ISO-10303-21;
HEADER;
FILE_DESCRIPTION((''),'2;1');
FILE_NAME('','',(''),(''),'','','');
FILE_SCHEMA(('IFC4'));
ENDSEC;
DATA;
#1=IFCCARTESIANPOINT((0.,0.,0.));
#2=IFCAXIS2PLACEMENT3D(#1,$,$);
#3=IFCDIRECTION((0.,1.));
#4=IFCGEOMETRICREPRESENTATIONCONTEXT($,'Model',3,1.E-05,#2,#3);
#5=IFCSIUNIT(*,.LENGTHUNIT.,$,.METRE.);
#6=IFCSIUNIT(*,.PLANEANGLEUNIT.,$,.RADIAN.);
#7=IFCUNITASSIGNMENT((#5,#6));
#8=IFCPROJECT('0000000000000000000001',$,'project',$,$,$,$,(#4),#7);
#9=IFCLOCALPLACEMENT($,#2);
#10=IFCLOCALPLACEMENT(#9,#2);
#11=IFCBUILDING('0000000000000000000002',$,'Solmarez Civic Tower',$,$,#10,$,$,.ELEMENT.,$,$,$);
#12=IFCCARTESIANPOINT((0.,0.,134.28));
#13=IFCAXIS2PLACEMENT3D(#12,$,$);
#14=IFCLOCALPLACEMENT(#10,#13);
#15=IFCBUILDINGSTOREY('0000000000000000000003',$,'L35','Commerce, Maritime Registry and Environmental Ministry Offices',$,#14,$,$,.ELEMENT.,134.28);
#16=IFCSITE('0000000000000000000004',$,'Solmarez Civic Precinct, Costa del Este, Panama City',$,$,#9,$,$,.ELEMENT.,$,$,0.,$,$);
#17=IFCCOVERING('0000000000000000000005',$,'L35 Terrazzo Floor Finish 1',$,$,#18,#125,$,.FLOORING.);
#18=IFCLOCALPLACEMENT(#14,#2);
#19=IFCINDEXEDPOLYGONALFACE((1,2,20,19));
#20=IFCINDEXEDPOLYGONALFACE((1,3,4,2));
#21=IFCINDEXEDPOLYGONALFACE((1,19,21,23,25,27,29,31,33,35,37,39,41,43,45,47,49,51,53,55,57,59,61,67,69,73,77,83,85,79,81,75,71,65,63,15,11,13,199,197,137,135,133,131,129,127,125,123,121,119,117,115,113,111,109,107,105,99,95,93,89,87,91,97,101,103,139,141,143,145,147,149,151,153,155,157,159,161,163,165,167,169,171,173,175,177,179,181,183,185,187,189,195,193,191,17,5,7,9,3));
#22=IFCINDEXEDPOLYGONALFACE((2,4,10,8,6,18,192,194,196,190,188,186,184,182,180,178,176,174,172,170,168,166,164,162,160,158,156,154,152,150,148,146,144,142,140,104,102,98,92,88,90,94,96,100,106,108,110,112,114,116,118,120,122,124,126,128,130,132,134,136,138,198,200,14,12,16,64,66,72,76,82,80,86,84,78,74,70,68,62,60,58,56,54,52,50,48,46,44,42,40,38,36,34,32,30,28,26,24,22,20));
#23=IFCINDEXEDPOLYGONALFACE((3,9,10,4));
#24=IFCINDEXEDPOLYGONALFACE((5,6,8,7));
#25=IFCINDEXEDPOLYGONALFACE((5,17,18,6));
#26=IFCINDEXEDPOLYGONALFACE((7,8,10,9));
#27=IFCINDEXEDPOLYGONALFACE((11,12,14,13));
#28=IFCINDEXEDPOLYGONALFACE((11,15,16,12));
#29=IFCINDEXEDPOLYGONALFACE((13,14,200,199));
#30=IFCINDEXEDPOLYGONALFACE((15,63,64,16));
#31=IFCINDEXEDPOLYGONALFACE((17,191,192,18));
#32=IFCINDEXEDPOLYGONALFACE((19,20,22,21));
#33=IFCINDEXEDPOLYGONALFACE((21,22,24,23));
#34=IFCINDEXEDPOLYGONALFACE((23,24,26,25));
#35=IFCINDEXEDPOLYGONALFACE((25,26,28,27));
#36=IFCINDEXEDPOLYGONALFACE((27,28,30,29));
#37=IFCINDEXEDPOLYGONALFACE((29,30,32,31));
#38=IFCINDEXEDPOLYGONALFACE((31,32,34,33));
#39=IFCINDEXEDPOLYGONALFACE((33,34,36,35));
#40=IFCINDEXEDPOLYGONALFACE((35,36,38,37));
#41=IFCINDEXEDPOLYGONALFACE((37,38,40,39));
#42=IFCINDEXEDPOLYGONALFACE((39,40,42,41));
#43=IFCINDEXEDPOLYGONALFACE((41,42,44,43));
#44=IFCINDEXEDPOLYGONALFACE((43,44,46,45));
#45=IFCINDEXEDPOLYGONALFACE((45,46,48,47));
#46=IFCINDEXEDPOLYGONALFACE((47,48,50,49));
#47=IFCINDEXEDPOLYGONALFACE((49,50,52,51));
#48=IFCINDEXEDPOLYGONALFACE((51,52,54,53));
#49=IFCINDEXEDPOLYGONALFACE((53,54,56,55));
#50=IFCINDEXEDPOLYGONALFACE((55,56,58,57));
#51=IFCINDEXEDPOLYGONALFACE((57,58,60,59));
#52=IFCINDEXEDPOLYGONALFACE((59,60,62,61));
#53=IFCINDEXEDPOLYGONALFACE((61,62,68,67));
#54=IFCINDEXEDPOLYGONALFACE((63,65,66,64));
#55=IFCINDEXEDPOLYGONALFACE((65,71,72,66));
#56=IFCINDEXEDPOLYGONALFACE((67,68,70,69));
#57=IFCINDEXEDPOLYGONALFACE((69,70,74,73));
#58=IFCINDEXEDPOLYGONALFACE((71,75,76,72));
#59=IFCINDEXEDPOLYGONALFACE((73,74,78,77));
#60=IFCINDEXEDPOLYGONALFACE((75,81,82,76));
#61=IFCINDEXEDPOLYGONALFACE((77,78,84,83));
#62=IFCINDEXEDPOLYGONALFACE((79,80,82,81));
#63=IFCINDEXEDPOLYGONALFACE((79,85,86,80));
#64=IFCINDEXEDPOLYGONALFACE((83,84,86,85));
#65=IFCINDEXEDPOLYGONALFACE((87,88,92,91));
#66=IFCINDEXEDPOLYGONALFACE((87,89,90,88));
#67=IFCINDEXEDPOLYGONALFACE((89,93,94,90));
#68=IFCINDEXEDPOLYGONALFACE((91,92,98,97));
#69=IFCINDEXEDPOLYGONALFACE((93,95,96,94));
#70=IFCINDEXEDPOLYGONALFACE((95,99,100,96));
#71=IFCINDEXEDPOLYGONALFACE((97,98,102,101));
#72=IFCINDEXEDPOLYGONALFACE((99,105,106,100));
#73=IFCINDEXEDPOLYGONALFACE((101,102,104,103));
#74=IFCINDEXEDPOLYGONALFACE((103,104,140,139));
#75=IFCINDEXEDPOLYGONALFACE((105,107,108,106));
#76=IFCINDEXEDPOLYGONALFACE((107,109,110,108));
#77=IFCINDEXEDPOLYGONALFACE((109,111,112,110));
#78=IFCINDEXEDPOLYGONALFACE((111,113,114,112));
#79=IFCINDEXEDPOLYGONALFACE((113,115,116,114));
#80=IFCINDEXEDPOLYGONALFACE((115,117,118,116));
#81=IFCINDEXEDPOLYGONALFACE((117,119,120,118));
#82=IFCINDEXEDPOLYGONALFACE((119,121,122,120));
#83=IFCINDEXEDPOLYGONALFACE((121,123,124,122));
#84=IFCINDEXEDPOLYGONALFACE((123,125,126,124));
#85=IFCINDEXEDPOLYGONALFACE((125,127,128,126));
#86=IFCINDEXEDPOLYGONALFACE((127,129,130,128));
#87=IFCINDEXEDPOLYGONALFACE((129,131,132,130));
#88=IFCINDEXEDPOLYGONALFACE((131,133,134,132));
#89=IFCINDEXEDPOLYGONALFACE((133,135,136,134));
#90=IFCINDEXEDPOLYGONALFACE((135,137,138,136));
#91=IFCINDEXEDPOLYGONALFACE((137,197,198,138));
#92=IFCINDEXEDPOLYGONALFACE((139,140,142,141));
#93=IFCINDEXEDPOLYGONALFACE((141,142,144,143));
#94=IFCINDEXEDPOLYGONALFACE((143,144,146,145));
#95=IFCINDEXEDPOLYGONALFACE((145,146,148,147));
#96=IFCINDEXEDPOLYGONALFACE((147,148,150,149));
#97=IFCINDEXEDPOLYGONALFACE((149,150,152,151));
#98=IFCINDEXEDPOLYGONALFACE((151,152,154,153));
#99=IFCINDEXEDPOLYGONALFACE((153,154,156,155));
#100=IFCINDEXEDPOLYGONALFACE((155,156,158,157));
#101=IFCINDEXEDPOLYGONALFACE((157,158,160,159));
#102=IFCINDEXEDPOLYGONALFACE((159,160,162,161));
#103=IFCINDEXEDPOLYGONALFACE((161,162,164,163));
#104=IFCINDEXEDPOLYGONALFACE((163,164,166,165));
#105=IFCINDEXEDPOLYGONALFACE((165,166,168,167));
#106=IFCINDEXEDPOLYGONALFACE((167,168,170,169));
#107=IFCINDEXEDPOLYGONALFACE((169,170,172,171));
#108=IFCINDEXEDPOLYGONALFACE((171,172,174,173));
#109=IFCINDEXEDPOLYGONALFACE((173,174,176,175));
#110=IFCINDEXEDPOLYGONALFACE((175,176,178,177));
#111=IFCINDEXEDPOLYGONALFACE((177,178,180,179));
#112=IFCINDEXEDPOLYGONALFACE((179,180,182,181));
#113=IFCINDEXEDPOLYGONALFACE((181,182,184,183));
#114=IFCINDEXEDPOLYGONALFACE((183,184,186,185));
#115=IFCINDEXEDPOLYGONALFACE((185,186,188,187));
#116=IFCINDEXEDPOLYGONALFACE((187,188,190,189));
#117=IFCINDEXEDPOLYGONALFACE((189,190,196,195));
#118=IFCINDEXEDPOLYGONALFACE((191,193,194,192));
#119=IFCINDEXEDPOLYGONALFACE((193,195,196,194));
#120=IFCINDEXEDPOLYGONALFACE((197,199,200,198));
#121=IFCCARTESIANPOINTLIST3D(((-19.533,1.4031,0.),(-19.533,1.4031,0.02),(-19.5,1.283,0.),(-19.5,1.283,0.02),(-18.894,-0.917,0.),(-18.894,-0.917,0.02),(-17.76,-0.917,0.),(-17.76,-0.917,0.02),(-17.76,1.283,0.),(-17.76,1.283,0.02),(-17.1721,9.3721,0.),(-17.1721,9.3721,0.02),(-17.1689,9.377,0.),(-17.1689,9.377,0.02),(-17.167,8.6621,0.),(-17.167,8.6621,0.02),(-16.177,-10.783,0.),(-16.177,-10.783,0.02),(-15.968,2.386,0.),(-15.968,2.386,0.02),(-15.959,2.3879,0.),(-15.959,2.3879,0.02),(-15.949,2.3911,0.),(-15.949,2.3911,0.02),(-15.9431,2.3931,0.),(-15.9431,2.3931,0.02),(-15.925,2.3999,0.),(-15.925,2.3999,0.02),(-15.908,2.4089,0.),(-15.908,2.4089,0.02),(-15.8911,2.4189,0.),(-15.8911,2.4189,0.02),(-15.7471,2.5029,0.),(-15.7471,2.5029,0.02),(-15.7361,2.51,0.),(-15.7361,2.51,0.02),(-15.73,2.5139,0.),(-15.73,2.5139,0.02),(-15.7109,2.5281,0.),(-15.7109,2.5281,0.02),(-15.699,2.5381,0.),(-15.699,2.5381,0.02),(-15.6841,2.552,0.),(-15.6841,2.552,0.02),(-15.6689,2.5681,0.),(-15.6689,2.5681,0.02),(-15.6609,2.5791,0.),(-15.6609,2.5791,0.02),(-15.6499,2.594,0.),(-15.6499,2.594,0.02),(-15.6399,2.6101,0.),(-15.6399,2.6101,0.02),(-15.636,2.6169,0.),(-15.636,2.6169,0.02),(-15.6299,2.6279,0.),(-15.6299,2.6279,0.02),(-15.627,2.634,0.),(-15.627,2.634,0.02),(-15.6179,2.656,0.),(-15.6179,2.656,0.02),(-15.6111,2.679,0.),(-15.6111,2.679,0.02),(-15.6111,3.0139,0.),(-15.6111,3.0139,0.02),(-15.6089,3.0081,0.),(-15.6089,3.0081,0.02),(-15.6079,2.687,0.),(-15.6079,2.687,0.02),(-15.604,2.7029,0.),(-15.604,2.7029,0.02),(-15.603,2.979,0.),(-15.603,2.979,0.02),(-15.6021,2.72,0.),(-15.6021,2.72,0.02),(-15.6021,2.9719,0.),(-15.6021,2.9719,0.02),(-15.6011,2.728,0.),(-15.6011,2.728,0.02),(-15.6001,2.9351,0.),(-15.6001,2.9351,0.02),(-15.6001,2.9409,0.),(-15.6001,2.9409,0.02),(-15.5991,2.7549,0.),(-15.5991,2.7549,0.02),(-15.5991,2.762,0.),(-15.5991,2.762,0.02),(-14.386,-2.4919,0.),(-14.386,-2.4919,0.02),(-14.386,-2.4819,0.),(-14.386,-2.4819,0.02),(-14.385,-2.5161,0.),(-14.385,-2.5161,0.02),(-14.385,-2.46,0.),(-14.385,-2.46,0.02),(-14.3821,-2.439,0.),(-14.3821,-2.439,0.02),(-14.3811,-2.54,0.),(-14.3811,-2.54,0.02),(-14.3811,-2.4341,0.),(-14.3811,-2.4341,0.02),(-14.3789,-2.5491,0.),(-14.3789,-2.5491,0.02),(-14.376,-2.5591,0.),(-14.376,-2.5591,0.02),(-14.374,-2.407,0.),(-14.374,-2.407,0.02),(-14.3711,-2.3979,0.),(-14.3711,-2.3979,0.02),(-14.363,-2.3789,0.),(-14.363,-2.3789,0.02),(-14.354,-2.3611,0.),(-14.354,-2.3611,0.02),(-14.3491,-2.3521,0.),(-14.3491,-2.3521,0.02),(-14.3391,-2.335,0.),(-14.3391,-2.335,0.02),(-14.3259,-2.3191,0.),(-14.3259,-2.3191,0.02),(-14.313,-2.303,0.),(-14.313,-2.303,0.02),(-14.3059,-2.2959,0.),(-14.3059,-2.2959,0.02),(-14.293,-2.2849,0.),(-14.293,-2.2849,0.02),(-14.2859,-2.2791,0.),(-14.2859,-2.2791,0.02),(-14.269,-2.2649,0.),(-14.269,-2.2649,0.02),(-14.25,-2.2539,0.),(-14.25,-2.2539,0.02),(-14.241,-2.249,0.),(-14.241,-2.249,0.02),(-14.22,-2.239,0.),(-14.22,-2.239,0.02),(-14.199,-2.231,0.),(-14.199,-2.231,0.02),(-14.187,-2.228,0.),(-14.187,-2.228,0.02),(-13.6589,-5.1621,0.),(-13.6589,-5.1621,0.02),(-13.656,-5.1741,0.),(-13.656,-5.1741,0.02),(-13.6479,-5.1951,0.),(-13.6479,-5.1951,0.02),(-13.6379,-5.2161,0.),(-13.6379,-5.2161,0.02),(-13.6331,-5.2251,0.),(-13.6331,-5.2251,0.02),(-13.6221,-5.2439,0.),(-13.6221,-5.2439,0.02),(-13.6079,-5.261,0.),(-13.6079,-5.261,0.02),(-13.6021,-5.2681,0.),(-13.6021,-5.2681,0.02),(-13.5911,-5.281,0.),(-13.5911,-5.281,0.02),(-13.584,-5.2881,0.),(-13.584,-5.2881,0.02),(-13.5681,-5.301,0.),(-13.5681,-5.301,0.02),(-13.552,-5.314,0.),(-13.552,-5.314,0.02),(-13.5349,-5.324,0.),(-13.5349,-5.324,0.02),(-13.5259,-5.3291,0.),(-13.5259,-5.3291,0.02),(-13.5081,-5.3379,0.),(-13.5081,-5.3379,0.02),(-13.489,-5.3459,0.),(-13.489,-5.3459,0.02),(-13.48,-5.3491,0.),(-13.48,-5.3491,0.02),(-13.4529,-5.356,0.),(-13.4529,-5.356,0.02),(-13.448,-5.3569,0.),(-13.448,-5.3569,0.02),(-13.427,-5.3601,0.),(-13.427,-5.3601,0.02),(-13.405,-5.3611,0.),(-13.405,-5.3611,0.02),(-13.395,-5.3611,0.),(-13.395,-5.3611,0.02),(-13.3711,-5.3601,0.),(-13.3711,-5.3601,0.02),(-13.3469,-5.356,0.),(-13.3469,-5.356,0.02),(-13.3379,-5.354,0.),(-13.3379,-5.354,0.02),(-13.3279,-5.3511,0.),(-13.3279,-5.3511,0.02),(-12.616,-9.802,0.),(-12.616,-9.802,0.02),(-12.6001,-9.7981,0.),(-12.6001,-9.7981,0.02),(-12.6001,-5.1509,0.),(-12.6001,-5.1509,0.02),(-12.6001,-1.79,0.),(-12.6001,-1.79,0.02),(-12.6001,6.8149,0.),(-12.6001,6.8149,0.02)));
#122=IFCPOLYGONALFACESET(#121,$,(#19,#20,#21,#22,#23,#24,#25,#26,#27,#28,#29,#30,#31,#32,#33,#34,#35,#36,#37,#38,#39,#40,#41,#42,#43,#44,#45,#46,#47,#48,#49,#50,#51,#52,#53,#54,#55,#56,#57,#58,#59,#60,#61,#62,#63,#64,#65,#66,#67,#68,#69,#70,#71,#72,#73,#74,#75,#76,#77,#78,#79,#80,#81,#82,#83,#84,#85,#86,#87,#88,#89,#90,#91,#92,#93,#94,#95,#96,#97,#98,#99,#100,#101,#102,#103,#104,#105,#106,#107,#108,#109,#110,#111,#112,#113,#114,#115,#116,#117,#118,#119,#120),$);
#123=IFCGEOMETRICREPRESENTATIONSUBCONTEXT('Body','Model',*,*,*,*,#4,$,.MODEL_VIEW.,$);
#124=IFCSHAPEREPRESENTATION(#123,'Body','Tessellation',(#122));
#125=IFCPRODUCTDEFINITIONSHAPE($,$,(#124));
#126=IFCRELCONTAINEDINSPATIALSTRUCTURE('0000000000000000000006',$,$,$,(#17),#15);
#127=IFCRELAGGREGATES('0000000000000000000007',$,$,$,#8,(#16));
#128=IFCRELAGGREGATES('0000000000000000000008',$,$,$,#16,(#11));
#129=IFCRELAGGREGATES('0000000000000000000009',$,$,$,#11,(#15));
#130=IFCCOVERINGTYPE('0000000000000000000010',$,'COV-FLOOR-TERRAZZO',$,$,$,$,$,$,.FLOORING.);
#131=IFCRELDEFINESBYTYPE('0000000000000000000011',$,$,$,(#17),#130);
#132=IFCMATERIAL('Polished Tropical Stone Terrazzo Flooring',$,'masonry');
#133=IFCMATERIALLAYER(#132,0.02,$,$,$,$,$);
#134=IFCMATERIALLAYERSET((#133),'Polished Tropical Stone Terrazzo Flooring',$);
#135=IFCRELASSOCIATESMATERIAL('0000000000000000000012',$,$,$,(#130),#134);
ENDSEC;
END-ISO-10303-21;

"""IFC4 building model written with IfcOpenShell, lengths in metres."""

from ifc_helpers import new_model, si_unit, direction, frame, origin, place, context, subcontext, project, spatial, polyline, outline, extrude, material, layer, layer_set, type_object, element, save


model = new_model("IFC4")

# Units and contexts
model_context = context("Model", 3, precision=1e-05, world=origin(), true_north=direction((0.0, 1.0)))
body_context = subcontext(model_context, "Body", "Model", "MODEL_VIEW")
ifc_project = project(units=[si_unit("LENGTHUNIT", "METRE"), si_unit("PLANEANGLEUNIT", "RADIAN")], contexts=[model_context])

# Site, building, storey
site_placement = place(None, origin())
site = spatial("IfcSite", under=ifc_project, at=site_placement, Name="Solmarez Civic Precinct, Costa del Este, Panama City", CompositionType="ELEMENT", RefElevation=0.0)
building_placement = place(site_placement, origin())
building = spatial("IfcBuilding", under=site, at=building_placement, Name="Solmarez Civic Tower", CompositionType="ELEMENT")
storey_placement = place(building_placement, frame((0.0, 0.0, 134.28)))
storey = spatial("IfcBuildingStorey", under=building, at=storey_placement, Name="L35", Description="Commerce, Maritime Registry and Environmental Ministry Offices", CompositionType="ELEMENT", Elevation=134.28)

# Covering
ifc_material_1 = material(Name="Polished Tropical Stone Terrazzo Flooring", Category="masonry")
ifc_layer_1 = layer(ifc_material_1, 0.02)
ifc_layer_set_1 = layer_set([ifc_layer_1], Name="Polished Tropical Stone Terrazzo Flooring")
covering_type_1 = type_object("IfcCoveringType", Name="COV-FLOOR-TERRAZZO", PredefinedType="FLOORING", material=ifc_layer_set_1)
covering_1_placement = place(storey_placement, origin())
element("IfcCovering", 1, at=covering_1_placement, inside=storey, type_object=covering_type_1, Name="L35 Terrazzo Floor Finish 1", PredefinedType="FLOORING", context=body_context, shape_type="SweptSolid", body=[
    extrude(outline(polyline([(-16.177, -10.783), (-12.616, -9.802), (-12.6001, -9.7981), (-12.6001, -5.1509), (-13.3279, -5.3511), (-13.3379, -5.354), (-13.3469, -5.356), (-13.3711, -5.3601), (-13.395, -5.3611), (-13.405, -5.3611), (-13.427, -5.3601), (-13.448, -5.3569), (-13.4529, -5.356), (-13.48, -5.3491), (-13.489, -5.3459), (-13.5081, -5.3379), (-13.5259, -5.3291), (-13.5349, -5.324), (-13.552, -5.314), (-13.5681, -5.301), (-13.584, -5.2881), (-13.5911, -5.281), (-13.6021, -5.2681), (-13.6079, -5.261), (-13.6221, -5.2439), (-13.6331, -5.2251), (-13.6379, -5.2161), (-13.6479, -5.1951), (-13.656, -5.1741), (-13.6589, -5.1621), (-14.376, -2.5591), (-14.3789, -2.5491), (-14.3811, -2.54), (-14.385, -2.5161), (-14.386, -2.4919), (-14.386, -2.4819), (-14.385, -2.46), (-14.3821, -2.439), (-14.3811, -2.4341), (-14.374, -2.407), (-14.3711, -2.3979), (-14.363, -2.3789), (-14.354, -2.3611), (-14.3491, -2.3521), (-14.3391, -2.335), (-14.3259, -2.3191), (-14.313, -2.303), (-14.3059, -2.2959), (-14.293, -2.2849), (-14.2859, -2.2791), (-14.269, -2.2649), (-14.25, -2.2539), (-14.241, -2.249), (-14.22, -2.239), (-14.199, -2.231), (-14.187, -2.228), (-12.6001, -1.79), (-12.6001, 6.8149), (-17.1689, 9.377), (-17.1721, 9.3721), (-17.167, 8.6621), (-15.6111, 3.0139), (-15.6089, 3.0081), (-15.603, 2.979), (-15.6021, 2.9719), (-15.6001, 2.9409), (-15.6001, 2.9351), (-15.5991, 2.762), (-15.5991, 2.7549), (-15.6011, 2.728), (-15.6021, 2.72), (-15.604, 2.7029), (-15.6079, 2.687), (-15.6111, 2.679), (-15.6179, 2.656), (-15.627, 2.634), (-15.6299, 2.6279), (-15.636, 2.6169), (-15.6399, 2.6101), (-15.6499, 2.594), (-15.6609, 2.5791), (-15.6689, 2.5681), (-15.6841, 2.552), (-15.699, 2.5381), (-15.7109, 2.5281), (-15.73, 2.5139), (-15.7361, 2.51), (-15.7471, 2.5029), (-15.8911, 2.4189), (-15.908, 2.4089), (-15.925, 2.3999), (-15.9431, 2.3931), (-15.949, 2.3911), (-15.959, 2.3879), (-15.968, 2.386), (-19.533, 1.4031), (-19.5, 1.283), (-17.76, 1.283), (-17.76, -0.917), (-18.894, -0.917), (-16.177, -10.783)])), origin(), (0.0, 0.0, 1.0), 0.02),
])

save(model, "model.ifc")
